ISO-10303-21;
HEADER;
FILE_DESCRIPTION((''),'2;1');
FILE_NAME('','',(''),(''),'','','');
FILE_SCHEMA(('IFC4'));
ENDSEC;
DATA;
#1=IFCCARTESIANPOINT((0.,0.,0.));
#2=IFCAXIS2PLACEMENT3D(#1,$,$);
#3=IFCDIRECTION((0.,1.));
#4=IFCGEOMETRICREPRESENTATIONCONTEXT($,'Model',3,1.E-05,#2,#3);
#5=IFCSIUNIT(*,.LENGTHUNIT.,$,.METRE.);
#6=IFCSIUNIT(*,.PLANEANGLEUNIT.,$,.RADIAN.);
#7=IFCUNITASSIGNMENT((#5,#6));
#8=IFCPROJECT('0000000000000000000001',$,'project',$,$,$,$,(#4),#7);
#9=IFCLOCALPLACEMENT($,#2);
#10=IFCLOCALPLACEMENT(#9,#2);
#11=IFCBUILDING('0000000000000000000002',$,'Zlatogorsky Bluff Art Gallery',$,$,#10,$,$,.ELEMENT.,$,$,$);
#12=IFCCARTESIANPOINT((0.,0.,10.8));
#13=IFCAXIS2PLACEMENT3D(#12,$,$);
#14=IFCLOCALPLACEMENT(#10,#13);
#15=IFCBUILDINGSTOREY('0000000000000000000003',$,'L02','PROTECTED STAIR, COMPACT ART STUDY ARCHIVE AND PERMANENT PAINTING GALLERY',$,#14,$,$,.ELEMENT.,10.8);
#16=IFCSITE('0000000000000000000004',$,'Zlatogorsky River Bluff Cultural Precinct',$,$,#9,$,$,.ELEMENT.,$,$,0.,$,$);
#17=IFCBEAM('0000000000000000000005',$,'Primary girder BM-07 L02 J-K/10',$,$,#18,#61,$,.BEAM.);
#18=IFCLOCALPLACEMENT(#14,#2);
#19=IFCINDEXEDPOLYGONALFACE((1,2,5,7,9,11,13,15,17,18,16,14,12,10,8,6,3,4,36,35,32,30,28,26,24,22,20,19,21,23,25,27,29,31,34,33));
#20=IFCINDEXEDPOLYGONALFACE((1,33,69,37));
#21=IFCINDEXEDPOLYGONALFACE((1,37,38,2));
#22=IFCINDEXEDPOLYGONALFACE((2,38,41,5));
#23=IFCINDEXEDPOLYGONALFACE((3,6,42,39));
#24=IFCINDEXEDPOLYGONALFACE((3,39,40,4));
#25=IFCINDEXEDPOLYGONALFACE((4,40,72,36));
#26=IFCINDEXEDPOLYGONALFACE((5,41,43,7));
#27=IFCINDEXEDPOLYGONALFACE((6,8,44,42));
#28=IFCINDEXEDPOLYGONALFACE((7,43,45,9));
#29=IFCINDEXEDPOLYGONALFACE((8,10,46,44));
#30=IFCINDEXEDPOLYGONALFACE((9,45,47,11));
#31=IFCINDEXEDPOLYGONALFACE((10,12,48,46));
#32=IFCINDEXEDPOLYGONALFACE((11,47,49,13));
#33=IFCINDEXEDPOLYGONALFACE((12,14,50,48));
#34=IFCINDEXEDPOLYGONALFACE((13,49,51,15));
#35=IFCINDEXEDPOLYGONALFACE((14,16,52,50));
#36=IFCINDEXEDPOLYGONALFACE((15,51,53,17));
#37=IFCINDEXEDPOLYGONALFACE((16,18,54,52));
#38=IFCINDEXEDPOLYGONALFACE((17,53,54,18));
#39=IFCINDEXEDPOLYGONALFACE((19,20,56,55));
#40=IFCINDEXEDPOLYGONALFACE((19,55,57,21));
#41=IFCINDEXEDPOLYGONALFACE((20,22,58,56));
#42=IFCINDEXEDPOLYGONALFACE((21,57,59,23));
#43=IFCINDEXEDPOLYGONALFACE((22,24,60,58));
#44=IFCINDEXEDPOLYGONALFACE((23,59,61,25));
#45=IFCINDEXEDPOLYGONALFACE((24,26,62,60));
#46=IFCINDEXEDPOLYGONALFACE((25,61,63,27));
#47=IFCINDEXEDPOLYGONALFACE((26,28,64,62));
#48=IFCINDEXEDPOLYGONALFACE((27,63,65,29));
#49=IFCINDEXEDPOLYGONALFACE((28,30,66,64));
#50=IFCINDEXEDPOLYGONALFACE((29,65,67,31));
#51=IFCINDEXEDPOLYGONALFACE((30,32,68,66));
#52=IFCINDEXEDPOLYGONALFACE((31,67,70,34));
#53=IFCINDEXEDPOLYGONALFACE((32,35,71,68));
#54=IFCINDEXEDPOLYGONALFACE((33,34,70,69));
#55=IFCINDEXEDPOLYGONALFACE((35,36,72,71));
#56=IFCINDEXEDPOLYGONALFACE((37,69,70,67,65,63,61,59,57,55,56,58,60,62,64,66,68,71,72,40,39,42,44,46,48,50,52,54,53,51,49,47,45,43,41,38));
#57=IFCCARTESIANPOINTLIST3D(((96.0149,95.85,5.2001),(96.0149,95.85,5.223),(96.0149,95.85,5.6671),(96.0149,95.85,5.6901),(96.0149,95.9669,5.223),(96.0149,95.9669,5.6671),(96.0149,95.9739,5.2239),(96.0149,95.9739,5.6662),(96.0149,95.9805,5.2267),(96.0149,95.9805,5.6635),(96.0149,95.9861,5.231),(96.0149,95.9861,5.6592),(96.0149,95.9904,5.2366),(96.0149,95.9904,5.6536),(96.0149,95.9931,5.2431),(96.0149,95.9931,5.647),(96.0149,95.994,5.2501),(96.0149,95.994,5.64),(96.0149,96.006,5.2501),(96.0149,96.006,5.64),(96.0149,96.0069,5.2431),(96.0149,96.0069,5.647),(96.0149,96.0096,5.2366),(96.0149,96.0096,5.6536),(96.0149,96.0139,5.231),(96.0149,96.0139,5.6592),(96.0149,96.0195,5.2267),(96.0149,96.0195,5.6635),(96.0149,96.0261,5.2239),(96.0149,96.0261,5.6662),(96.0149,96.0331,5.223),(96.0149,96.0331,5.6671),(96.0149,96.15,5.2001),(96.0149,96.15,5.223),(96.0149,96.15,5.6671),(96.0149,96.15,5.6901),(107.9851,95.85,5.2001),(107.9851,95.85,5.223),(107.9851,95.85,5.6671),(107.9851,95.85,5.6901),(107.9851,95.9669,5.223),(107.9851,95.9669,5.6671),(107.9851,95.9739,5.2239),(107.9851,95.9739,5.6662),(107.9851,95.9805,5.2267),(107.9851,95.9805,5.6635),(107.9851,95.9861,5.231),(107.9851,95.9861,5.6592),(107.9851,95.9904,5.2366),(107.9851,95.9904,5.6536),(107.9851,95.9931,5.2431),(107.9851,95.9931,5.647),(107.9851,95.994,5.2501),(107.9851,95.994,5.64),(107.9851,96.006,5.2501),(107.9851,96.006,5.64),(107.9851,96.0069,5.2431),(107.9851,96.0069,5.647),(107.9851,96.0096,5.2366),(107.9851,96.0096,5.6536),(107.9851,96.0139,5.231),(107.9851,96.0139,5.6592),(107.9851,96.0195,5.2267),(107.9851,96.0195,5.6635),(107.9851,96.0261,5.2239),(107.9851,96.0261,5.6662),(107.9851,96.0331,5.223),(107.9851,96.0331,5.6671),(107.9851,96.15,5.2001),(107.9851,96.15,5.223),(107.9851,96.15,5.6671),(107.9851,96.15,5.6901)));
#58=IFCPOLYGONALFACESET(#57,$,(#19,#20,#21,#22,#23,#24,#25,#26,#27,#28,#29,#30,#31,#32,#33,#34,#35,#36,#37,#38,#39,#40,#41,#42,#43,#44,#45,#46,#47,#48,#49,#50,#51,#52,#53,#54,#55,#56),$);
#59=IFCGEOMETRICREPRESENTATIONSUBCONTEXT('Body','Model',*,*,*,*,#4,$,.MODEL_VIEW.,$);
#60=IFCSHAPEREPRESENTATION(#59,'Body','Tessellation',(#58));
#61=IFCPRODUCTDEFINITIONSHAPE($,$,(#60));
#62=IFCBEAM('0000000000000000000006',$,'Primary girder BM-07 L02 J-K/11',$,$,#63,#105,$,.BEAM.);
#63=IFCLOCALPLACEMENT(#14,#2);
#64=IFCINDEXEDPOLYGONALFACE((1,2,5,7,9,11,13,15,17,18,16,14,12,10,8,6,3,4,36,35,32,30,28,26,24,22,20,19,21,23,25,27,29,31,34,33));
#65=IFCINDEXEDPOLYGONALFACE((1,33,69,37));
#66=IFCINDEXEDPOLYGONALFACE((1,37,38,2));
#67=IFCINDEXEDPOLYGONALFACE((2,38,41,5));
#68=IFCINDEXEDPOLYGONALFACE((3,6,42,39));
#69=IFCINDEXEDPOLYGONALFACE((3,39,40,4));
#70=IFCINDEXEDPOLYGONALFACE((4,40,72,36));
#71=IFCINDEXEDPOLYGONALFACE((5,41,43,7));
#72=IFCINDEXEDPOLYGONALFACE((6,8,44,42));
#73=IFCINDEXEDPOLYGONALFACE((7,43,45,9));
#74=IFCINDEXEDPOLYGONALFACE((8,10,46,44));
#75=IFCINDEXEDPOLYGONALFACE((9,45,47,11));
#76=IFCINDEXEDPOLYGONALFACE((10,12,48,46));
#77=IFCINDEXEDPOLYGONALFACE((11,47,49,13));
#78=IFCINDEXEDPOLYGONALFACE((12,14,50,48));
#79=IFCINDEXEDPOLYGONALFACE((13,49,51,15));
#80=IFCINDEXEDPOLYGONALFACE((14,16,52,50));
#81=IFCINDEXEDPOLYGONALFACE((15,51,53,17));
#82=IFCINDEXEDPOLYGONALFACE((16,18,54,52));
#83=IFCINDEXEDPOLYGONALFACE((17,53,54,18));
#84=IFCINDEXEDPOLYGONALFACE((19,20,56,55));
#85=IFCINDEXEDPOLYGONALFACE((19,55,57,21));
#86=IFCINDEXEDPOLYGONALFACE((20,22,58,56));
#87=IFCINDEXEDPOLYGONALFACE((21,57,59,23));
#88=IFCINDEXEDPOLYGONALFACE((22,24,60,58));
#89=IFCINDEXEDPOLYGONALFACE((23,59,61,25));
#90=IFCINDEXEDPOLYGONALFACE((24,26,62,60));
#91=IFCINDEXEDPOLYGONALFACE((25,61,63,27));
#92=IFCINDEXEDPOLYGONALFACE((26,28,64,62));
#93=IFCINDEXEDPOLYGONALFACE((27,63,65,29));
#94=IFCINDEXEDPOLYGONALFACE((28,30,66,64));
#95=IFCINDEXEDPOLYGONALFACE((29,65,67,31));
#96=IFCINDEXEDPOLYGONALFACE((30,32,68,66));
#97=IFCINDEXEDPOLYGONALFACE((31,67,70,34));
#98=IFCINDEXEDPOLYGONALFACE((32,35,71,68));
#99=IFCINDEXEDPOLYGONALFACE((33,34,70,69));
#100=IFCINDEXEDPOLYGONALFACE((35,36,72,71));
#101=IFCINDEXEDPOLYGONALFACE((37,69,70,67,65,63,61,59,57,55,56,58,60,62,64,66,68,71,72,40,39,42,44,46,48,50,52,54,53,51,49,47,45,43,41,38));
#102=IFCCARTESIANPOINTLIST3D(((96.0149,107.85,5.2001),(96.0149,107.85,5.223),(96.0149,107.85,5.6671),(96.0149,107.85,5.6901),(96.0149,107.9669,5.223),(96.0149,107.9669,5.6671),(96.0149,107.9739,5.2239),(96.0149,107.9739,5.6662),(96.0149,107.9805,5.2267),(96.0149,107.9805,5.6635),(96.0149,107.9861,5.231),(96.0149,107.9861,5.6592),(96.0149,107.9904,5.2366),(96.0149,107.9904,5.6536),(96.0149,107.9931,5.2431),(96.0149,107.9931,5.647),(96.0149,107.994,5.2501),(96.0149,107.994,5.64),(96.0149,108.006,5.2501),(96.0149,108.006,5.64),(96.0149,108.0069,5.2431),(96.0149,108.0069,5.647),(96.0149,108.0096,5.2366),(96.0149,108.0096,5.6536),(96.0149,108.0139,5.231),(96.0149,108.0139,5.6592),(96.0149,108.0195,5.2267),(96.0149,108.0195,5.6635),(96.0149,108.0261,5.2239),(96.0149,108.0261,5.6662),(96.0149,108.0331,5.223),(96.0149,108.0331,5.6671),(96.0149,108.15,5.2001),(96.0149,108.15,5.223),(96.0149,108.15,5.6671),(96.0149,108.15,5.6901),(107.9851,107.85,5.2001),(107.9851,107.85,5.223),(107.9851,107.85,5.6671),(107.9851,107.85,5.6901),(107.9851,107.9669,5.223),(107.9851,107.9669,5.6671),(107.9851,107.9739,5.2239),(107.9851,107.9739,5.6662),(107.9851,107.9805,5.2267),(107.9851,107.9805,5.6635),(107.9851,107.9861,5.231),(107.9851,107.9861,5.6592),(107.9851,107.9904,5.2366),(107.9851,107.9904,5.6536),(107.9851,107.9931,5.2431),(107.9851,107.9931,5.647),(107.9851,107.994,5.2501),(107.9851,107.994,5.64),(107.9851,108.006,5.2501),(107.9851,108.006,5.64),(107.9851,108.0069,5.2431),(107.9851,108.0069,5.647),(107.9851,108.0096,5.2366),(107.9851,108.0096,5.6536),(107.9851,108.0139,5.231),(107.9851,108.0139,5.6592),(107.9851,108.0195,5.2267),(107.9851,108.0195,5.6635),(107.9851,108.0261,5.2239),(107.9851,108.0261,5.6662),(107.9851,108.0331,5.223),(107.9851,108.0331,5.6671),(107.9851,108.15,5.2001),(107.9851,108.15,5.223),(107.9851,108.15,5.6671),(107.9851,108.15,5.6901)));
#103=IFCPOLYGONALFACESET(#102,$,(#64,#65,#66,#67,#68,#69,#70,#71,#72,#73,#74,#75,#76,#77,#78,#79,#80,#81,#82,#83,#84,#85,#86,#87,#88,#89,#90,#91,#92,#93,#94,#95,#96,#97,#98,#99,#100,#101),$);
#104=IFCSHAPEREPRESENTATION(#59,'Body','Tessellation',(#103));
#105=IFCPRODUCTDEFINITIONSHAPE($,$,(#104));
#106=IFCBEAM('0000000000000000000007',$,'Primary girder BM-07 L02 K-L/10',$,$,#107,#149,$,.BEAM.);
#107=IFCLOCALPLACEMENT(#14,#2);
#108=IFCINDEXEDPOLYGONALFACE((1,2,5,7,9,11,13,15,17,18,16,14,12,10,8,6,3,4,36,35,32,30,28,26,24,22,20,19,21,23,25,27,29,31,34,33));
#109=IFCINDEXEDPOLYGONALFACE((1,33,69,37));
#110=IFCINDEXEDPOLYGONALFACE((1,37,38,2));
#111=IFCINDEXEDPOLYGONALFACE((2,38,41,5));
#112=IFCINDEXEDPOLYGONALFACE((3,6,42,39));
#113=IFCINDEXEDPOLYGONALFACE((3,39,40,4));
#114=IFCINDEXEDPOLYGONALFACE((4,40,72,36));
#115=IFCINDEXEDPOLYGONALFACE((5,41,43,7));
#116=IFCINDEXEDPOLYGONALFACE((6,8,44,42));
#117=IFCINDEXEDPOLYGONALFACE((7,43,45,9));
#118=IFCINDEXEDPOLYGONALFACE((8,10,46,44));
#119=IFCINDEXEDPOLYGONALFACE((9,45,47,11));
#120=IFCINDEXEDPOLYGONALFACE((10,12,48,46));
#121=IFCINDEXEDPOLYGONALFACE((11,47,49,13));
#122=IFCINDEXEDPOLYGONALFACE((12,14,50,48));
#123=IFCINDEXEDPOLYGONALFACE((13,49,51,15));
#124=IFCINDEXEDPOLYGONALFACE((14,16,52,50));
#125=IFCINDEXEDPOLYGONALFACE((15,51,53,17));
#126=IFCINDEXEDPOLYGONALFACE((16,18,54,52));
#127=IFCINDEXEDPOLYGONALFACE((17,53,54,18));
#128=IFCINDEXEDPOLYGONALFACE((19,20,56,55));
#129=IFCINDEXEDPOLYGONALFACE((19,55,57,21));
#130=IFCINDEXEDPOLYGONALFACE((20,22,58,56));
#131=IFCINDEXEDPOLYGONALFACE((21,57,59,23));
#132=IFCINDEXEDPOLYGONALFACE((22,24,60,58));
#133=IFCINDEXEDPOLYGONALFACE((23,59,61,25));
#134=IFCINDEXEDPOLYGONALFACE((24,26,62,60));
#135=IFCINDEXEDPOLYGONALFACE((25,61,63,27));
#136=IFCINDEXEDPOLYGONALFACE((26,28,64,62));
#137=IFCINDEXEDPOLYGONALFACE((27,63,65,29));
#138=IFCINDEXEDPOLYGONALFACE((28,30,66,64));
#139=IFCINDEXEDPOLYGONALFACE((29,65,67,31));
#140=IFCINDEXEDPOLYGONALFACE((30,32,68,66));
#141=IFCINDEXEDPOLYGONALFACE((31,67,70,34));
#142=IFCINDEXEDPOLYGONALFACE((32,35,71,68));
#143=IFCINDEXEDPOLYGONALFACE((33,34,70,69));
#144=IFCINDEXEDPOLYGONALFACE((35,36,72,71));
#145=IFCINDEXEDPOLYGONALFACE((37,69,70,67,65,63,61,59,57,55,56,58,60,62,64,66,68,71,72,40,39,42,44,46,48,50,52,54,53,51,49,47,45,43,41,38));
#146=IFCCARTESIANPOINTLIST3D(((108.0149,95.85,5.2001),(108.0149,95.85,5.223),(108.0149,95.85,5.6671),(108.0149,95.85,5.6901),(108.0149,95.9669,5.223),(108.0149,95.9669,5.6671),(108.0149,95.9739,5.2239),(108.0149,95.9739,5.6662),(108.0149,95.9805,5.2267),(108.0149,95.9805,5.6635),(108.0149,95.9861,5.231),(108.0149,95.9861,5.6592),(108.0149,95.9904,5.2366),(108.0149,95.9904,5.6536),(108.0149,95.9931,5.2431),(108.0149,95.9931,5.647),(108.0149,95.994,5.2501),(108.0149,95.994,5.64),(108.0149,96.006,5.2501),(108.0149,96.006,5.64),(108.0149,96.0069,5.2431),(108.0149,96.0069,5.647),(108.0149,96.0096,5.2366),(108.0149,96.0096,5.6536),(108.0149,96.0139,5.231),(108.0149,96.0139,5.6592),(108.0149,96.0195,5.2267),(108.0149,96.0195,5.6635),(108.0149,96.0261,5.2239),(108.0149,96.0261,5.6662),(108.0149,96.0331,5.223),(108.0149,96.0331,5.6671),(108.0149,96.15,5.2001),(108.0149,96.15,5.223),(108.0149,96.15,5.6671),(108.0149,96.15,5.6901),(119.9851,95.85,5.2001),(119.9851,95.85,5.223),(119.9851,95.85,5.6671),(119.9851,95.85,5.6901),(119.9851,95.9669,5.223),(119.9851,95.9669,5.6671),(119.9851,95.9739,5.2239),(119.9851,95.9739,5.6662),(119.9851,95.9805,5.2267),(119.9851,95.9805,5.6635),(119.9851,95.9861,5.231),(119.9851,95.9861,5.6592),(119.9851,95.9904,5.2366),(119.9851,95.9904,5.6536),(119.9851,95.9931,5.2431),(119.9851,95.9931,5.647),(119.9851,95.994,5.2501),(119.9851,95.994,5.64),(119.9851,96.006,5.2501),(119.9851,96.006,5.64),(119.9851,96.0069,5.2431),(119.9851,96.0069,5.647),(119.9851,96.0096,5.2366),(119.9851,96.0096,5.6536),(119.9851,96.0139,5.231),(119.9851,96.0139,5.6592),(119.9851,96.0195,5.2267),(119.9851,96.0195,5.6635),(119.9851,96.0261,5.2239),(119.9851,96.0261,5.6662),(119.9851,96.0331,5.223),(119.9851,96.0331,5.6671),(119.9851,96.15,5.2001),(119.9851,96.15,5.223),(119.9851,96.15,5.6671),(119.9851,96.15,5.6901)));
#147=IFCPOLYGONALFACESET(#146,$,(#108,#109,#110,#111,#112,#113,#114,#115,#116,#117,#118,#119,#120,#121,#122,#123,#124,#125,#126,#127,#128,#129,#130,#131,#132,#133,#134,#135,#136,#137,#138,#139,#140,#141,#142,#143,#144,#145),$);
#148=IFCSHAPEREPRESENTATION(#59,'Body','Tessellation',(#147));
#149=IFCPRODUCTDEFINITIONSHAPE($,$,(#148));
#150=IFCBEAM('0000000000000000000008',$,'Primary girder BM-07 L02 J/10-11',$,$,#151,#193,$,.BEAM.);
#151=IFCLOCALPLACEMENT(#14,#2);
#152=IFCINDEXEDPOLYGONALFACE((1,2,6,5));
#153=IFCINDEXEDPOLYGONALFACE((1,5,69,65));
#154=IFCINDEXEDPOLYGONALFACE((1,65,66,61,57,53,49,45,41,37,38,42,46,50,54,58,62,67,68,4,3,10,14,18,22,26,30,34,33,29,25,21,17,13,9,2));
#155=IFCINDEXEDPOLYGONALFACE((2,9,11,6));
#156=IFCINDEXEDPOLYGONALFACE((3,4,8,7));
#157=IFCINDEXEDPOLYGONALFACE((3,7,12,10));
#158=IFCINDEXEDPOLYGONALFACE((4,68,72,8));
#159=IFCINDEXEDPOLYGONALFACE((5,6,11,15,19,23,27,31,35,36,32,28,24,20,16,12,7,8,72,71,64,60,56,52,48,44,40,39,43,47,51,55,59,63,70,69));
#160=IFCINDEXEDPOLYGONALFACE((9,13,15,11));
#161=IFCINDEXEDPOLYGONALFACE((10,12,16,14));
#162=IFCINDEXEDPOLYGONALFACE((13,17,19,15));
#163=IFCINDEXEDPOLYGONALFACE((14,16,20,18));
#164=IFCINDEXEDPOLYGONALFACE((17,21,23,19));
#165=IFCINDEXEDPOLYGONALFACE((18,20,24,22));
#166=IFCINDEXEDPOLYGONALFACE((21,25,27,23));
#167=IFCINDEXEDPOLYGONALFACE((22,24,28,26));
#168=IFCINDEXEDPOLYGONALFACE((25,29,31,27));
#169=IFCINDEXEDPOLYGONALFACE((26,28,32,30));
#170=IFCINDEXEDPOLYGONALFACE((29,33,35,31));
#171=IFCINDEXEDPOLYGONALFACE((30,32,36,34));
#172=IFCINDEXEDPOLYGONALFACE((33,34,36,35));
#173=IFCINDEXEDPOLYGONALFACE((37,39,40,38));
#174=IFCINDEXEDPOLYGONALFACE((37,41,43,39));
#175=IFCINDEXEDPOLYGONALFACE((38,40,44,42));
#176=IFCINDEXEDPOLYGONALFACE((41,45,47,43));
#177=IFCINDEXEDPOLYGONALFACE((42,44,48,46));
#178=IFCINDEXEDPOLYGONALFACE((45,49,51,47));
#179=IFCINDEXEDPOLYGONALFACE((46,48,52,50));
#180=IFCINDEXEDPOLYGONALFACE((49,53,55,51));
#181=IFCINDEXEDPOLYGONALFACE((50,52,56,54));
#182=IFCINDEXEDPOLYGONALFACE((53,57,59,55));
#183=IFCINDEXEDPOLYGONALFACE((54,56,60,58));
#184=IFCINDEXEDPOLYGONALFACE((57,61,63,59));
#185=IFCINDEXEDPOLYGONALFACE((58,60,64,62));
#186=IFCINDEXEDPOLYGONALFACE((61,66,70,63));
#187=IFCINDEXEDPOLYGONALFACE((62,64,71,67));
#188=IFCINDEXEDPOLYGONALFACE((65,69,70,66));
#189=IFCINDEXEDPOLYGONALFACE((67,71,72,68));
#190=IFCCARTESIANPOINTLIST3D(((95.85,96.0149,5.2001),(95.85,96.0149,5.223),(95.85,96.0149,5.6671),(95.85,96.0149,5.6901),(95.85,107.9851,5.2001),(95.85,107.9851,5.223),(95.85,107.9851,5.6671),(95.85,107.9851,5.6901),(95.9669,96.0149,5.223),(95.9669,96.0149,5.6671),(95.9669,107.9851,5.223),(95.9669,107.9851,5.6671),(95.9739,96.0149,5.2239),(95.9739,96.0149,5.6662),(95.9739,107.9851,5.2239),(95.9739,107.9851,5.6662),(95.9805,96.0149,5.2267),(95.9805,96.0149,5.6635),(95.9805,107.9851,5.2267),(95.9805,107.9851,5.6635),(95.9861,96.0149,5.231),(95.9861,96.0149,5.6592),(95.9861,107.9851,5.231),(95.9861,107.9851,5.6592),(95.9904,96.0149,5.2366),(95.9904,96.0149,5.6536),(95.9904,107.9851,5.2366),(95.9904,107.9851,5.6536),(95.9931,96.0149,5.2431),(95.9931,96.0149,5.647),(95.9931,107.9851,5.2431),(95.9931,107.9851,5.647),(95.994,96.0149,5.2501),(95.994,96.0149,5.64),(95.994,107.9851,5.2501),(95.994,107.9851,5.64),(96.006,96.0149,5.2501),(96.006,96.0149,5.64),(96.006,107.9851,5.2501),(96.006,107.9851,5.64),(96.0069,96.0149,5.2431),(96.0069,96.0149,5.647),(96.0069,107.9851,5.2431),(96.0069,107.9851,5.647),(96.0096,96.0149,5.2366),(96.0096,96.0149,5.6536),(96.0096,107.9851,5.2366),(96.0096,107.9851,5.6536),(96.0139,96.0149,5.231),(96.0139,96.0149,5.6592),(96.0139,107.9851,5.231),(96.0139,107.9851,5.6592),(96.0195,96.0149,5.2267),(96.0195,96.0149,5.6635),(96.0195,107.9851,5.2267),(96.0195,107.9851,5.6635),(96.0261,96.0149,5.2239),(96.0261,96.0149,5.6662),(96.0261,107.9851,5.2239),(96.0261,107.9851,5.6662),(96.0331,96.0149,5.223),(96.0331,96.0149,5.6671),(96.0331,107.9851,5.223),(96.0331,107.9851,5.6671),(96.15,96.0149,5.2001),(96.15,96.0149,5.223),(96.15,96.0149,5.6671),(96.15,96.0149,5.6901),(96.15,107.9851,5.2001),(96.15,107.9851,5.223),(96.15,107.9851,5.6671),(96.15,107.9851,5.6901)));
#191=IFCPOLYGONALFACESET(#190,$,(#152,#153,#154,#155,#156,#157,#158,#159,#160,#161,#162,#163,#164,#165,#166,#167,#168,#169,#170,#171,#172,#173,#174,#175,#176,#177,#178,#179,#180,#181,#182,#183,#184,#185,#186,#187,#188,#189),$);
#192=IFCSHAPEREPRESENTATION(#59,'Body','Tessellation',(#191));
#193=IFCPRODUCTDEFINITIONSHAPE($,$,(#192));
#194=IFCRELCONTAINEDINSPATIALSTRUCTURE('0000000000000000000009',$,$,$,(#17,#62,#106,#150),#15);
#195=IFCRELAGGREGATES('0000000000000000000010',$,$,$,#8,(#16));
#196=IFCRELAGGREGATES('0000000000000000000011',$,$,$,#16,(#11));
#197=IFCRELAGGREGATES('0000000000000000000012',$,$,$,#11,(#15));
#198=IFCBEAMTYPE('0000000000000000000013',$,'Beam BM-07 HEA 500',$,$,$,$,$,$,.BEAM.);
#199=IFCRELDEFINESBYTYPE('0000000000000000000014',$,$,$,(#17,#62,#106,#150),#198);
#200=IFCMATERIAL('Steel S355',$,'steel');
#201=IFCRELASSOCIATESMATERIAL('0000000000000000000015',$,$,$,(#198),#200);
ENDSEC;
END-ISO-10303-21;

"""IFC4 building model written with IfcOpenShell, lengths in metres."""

from ifc_helpers import new_model, si_unit, direction, frame, origin, origin_2d, place, context, subcontext, project, spatial, i_section, extrude, material, material_profile, profile_set, type_object, element, save


model = new_model("IFC4")

# Units and contexts
model_context = context("Model", 3, precision=1e-05, world=origin(), true_north=direction((0.0, 1.0)))
body_context = subcontext(model_context, "Body", "Model", "MODEL_VIEW")
ifc_project = project(units=[si_unit("LENGTHUNIT", "METRE"), si_unit("PLANEANGLEUNIT", "RADIAN")], contexts=[model_context])

# Site, building, storey
site_placement = place(None, origin())
site = spatial("IfcSite", under=ifc_project, at=site_placement, Name="Zlatogorsky River Bluff Cultural Precinct", CompositionType="ELEMENT", RefElevation=0.0)
building_placement = place(site_placement, origin())
building = spatial("IfcBuilding", under=site, at=building_placement, Name="Zlatogorsky Bluff Art Gallery", CompositionType="ELEMENT")
storey_placement = place(building_placement, frame((0.0, 0.0, 10.8)))
storey = spatial("IfcBuildingStorey", under=building, at=storey_placement, Name="L02", Description="PROTECTED STAIR, COMPACT ART STUDY ARCHIVE AND PERMANENT PAINTING GALLERY", CompositionType="ELEMENT", Elevation=10.8)

# Shared definitions
ifc_material_1 = material(Name="Steel S355", Category="steel")

# Beams
ifc_material_profile_1 = material_profile(ifc_material_1, i_section(OverallWidth=0.3, OverallDepth=0.49, WebThickness=0.012, FlangeThickness=0.0229, FilletRadius=0.0271, at=origin_2d()), Name="HEA 500")
ifc_profile_set_1 = profile_set([ifc_material_profile_1], Name="Steel S355")
beam_type_1 = type_object("IfcBeamType", Name="Beam BM-07 HEA 500", PredefinedType="BEAM", material=ifc_profile_set_1)
for number, where, z_axis, x_axis, name in (
    (1, (96.0149, 96.0, 5.4451), (1.0, 0.0, 0.0), (0.0, 1.0, 0.0), "Primary girder BM-07 L02 J-K/10"),
    (2, (96.0149, 108.0, 5.4451), (1.0, 0.0, 0.0), (0.0, 1.0, 0.0), "Primary girder BM-07 L02 J-K/11"),
    (3, (108.0149, 96.0, 5.4451), (1.0, 0.0, 0.0), (0.0, 1.0, 0.0), "Primary girder BM-07 L02 K-L/10"),
    (4, (96.0, 96.0149, 5.4451), (0.0, 1.0, 0.0), (-1.0, 0.0, 0.0), "Primary girder BM-07 L02 J/10-11"),
):
    element("IfcBeam", number, at=place(storey_placement, frame(where, z_axis=z_axis, x_axis=x_axis)), inside=storey, type_object=beam_type_1, Name=name, PredefinedType="BEAM", context=body_context, shape_type="SweptSolid", body=[
        extrude(i_section(OverallWidth=0.3, OverallDepth=0.49, WebThickness=0.012, FlangeThickness=0.0229, FilletRadius=0.0271, at=origin_2d()), origin(), (0.0, 0.0, 1.0), 11.9702),
    ])

save(model, "model.ifc")
